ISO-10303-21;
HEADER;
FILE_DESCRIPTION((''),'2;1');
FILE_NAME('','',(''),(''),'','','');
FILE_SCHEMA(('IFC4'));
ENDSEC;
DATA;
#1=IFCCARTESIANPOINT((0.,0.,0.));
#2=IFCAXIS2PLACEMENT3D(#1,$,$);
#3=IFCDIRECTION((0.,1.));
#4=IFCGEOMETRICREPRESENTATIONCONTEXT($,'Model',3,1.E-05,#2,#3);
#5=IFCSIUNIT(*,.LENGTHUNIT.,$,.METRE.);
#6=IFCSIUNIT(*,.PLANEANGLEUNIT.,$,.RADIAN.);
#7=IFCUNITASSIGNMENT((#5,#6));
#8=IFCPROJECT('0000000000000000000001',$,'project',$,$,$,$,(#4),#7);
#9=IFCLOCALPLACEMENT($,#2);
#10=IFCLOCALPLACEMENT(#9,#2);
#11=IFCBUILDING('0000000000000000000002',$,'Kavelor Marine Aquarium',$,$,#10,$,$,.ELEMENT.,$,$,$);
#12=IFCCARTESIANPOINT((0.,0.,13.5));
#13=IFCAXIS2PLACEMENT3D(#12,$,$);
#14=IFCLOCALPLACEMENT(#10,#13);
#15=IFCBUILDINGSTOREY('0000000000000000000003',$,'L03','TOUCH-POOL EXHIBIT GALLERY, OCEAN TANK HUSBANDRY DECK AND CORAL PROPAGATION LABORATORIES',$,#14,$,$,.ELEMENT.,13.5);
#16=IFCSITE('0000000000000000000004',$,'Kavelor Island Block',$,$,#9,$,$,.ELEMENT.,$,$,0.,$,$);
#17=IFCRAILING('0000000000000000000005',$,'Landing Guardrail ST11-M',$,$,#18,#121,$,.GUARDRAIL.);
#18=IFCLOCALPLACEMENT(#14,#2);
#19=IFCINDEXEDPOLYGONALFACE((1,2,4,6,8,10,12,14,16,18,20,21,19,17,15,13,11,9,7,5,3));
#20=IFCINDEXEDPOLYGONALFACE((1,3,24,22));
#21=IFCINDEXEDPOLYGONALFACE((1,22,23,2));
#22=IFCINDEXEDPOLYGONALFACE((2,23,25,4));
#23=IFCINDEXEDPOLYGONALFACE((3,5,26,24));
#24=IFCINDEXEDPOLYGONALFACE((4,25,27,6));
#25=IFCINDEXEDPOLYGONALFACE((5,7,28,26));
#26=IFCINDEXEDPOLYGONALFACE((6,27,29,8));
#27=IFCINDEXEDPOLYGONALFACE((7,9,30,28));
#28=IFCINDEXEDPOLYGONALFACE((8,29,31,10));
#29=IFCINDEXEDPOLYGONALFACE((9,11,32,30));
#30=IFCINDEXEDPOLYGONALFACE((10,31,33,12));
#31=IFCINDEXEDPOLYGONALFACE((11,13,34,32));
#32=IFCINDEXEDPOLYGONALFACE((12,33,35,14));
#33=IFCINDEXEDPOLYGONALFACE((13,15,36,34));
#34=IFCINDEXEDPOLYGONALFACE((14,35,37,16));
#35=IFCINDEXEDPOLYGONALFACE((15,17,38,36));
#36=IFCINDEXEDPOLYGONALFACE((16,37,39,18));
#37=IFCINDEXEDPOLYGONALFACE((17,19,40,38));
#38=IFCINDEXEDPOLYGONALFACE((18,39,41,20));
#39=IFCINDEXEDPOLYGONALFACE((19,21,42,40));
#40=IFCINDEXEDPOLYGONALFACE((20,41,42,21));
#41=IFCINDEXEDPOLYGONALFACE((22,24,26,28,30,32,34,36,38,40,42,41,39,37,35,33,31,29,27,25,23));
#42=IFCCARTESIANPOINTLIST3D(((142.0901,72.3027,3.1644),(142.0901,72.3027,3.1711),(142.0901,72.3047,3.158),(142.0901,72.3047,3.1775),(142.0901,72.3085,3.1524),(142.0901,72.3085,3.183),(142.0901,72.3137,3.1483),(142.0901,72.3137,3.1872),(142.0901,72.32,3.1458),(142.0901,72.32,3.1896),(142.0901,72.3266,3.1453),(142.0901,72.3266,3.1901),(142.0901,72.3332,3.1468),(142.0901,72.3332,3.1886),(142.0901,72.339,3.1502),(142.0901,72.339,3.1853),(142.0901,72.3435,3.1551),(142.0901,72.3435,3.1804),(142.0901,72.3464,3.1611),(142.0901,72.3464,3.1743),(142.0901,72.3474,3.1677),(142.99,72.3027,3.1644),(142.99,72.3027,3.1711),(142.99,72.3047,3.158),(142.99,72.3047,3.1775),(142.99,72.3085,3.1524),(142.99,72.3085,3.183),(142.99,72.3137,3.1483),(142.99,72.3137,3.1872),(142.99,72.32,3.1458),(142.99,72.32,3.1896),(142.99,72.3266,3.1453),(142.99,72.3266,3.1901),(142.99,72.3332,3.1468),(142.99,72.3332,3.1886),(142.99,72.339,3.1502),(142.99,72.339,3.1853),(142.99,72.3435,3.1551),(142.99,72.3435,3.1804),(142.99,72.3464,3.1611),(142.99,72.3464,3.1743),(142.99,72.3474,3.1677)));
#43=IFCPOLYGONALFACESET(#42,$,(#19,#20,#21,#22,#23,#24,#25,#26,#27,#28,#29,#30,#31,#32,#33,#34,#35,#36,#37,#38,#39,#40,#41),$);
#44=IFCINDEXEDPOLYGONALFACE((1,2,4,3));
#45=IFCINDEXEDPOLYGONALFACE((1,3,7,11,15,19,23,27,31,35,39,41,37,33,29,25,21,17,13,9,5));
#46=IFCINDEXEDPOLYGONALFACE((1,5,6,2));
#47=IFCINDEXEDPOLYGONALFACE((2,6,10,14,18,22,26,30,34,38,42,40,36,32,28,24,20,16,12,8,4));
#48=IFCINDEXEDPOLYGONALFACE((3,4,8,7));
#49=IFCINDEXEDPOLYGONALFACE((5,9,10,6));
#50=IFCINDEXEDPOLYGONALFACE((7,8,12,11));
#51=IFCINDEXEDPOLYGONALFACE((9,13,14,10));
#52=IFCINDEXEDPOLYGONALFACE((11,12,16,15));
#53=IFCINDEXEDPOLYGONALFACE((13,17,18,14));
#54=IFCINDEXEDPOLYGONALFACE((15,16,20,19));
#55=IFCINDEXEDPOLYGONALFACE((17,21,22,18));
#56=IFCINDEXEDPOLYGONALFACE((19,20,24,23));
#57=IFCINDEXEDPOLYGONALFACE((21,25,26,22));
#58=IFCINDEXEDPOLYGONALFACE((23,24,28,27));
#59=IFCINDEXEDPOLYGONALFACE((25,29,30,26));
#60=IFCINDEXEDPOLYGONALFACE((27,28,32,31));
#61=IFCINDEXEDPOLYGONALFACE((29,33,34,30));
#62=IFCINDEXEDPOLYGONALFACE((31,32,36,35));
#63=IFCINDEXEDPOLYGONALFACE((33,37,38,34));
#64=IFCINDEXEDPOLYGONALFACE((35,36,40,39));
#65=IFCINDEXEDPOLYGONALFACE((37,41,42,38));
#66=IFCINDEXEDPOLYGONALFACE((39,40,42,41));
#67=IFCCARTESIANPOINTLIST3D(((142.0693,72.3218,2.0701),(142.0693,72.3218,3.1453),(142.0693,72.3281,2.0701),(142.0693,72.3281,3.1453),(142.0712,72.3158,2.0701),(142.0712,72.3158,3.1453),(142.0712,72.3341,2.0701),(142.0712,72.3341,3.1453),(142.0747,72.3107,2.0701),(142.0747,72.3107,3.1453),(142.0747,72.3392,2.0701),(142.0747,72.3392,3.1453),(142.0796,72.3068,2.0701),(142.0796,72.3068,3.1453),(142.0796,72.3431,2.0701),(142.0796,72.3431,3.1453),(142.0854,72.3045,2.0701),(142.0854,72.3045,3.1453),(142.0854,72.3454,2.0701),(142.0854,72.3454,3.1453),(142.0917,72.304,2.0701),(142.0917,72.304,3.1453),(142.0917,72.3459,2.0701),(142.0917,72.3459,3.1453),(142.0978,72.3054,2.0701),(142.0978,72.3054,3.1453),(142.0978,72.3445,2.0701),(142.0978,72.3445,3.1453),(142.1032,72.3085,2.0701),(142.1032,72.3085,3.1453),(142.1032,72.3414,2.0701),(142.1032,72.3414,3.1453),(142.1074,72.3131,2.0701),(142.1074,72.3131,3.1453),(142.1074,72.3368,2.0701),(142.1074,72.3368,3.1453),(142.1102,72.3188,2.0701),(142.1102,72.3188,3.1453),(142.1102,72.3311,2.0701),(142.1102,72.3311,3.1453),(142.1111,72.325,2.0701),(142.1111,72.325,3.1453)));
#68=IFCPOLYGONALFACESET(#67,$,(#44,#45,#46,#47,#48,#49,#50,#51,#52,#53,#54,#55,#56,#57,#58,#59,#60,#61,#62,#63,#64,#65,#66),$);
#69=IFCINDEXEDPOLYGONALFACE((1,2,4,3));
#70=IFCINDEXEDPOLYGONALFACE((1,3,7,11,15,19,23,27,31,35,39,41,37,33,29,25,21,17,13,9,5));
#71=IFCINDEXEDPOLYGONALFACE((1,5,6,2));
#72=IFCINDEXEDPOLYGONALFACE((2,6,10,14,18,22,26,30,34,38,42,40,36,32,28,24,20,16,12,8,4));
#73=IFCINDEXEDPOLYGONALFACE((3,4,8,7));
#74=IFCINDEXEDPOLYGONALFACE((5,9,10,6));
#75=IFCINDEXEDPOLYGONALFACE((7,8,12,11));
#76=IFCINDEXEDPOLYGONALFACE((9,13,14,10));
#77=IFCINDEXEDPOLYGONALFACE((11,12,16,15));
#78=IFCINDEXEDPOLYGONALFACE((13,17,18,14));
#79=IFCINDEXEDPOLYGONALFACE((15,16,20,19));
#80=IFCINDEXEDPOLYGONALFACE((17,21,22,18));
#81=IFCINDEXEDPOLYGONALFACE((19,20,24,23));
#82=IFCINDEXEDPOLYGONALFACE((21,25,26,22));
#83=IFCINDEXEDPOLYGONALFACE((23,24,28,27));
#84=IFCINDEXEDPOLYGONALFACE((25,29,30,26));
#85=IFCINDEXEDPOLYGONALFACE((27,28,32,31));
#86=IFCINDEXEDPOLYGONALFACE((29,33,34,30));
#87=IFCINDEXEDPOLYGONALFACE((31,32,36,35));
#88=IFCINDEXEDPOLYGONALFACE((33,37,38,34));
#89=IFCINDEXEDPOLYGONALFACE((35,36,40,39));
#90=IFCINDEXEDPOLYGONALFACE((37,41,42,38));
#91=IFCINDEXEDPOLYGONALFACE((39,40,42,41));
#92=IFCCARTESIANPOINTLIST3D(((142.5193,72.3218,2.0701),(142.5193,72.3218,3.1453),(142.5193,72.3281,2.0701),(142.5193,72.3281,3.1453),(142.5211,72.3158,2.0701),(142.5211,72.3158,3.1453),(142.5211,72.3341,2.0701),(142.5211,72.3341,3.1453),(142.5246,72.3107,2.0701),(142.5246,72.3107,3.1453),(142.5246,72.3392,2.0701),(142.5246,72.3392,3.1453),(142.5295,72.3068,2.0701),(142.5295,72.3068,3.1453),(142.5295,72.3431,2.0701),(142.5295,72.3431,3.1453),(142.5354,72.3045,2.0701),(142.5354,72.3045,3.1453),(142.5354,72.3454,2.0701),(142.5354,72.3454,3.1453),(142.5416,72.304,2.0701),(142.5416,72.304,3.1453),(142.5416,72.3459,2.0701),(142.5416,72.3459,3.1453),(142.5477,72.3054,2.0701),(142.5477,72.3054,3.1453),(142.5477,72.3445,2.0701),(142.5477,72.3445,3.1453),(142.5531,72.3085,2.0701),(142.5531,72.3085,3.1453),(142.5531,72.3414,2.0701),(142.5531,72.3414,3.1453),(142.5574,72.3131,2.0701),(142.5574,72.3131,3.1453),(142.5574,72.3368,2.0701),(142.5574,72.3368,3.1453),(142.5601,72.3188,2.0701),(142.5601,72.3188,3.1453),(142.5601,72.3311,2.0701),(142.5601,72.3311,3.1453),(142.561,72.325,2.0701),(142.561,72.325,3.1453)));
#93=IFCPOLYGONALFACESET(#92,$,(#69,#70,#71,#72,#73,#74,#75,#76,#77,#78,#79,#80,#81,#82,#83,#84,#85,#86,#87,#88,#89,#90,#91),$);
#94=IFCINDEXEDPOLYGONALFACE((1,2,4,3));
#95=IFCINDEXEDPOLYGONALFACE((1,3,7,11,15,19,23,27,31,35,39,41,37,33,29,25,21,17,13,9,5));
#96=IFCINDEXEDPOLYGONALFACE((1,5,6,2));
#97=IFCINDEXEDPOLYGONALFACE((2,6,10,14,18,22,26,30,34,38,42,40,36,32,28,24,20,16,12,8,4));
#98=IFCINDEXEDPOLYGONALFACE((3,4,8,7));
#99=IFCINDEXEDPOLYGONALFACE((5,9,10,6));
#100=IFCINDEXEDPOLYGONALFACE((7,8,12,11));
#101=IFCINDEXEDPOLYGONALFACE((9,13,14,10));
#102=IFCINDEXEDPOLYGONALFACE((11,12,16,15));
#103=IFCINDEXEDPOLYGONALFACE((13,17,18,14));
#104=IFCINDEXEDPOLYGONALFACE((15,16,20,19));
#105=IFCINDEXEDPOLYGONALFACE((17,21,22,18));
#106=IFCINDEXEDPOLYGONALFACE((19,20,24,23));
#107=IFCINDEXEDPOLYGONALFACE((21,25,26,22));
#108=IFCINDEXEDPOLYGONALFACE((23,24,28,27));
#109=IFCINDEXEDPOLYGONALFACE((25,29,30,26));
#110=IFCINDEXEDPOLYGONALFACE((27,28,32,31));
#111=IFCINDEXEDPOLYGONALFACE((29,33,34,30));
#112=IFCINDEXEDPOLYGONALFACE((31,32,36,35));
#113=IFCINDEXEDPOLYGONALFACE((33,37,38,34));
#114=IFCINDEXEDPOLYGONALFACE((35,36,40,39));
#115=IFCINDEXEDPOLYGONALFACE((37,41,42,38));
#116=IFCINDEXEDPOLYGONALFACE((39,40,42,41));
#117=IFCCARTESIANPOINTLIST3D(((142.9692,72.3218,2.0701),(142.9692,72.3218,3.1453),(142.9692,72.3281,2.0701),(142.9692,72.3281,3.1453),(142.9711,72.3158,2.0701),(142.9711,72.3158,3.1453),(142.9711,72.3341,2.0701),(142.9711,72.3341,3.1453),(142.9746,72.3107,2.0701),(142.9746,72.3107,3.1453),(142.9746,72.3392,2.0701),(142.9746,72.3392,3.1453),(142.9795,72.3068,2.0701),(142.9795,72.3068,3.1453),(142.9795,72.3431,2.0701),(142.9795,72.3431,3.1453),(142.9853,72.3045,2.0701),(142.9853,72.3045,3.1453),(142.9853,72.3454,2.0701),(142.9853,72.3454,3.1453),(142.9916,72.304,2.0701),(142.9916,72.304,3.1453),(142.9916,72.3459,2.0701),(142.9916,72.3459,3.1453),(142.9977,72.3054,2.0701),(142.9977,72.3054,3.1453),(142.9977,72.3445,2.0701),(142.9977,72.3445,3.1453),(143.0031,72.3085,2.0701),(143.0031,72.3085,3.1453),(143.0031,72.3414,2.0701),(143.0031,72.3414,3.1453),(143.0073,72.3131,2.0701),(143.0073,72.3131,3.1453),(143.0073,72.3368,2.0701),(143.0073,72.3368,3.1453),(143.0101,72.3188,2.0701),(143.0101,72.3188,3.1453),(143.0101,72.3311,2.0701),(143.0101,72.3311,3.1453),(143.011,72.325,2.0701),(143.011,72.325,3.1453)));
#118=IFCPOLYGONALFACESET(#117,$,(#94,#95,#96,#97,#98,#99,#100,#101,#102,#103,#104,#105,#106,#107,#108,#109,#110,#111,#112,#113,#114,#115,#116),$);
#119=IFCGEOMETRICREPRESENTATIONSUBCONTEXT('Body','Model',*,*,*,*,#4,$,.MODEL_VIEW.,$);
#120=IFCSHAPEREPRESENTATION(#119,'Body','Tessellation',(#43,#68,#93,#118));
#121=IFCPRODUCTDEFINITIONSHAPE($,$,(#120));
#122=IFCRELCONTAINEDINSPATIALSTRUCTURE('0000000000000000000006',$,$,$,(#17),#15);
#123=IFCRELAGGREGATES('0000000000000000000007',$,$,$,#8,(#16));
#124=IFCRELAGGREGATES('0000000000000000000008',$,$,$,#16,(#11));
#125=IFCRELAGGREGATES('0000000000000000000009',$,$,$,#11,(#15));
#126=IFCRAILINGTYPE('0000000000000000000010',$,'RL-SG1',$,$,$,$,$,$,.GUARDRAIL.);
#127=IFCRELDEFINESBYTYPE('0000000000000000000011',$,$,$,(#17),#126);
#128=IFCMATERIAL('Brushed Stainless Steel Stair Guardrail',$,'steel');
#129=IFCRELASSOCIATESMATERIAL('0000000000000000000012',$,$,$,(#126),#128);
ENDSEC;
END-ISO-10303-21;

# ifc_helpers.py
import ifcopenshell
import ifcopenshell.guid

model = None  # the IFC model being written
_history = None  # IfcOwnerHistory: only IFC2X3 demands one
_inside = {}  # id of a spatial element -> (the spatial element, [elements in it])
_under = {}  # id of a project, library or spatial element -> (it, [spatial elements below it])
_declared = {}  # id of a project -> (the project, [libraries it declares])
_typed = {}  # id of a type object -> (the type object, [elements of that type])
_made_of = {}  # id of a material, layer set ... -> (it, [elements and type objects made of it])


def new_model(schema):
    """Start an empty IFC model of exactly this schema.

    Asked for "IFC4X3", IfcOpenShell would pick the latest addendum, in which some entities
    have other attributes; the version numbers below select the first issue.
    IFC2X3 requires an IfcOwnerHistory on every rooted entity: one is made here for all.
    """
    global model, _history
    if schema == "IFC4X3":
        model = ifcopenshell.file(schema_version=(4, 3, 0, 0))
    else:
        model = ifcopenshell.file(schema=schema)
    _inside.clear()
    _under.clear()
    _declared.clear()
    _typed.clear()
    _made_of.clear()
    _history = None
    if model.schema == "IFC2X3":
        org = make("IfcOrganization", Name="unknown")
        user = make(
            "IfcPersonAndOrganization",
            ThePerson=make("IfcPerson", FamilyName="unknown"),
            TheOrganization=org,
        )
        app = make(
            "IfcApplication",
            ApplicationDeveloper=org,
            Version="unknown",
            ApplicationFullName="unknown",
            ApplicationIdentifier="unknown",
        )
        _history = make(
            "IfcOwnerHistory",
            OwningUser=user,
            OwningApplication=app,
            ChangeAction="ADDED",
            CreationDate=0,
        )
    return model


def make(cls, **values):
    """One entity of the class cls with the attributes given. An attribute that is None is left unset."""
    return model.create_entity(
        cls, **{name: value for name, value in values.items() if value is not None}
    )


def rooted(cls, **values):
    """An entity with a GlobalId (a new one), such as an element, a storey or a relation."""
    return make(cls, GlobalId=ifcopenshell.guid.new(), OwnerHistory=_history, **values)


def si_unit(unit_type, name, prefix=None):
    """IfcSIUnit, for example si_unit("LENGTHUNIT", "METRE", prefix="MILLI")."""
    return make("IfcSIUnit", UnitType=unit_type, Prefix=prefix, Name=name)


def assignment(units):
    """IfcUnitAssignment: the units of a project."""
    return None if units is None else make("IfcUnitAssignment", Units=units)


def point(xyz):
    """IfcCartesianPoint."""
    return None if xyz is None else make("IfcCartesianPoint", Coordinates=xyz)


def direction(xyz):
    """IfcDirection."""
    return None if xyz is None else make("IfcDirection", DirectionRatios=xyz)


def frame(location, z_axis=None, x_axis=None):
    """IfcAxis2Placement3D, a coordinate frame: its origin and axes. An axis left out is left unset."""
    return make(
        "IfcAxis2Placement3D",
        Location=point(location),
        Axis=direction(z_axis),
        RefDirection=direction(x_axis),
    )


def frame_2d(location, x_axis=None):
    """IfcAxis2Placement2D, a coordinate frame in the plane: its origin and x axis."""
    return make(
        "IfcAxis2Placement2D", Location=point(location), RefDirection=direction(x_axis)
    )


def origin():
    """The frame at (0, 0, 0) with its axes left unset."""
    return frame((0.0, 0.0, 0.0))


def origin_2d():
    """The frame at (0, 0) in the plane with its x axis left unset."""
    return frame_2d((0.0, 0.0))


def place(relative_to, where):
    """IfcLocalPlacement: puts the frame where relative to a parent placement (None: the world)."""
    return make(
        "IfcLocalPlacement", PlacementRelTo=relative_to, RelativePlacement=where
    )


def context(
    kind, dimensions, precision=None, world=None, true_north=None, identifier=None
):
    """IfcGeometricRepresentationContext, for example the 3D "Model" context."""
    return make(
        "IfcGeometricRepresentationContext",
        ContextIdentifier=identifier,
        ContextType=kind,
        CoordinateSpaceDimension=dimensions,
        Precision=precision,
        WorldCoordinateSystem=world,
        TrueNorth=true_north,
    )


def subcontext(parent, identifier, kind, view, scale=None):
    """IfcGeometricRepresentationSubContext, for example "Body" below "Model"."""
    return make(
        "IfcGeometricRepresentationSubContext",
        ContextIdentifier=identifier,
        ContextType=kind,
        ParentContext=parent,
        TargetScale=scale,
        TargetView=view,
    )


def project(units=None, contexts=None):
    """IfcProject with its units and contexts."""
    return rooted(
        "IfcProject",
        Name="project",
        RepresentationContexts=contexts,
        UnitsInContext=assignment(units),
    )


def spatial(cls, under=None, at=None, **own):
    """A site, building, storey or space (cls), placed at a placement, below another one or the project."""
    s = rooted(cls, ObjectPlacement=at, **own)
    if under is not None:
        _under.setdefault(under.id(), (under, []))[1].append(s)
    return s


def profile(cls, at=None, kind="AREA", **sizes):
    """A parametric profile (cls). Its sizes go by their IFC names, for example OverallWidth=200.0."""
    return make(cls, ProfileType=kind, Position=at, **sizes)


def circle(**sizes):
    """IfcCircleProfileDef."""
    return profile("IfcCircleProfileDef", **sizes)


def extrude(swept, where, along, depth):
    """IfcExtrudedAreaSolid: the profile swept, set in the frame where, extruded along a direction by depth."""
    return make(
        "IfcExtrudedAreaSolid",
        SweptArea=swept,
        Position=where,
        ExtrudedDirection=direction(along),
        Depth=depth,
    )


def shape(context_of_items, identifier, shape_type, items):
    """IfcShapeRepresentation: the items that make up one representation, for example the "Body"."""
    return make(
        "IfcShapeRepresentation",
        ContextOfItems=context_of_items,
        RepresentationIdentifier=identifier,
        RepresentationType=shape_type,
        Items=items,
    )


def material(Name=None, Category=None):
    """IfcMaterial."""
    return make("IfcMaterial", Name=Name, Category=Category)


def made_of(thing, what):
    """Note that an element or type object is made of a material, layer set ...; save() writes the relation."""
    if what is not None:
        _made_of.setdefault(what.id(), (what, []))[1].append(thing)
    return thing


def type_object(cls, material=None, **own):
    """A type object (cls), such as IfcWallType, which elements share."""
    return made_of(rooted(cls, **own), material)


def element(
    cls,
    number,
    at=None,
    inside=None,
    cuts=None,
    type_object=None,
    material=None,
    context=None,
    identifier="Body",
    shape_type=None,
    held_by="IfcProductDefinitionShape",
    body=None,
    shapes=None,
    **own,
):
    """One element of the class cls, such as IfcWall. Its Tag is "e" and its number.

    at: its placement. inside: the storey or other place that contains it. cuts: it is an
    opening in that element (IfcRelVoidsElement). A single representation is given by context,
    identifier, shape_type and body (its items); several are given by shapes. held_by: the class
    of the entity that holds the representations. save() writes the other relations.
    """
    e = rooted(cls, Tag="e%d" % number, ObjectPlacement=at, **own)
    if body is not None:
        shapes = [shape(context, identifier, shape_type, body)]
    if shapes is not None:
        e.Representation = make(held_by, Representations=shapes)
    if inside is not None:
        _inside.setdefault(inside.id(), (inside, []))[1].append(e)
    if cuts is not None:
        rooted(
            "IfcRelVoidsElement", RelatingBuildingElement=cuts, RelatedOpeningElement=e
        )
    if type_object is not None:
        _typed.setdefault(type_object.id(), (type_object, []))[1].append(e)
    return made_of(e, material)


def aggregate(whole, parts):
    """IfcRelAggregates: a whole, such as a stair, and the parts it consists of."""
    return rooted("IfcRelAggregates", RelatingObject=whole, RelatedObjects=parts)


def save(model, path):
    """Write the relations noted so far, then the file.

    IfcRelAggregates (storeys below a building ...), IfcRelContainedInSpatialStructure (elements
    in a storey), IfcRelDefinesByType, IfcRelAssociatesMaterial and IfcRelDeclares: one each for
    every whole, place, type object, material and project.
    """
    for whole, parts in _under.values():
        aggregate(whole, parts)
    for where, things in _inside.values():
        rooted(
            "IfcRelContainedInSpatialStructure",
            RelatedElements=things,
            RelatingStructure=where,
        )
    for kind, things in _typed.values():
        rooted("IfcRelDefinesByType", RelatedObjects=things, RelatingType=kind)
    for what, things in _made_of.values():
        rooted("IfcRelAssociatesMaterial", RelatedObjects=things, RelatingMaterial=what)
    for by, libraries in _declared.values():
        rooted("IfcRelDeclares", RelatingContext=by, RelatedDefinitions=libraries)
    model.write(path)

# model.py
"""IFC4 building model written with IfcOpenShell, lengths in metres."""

from ifc_helpers import new_model, si_unit, direction, frame, origin, origin_2d, place, context, subcontext, project, spatial, circle, extrude, material, type_object, element, save


model = new_model("IFC4")

# Units and contexts
model_context = context("Model", 3, precision=1e-05, world=origin(), true_north=direction((0.0, 1.0)))
body_context = subcontext(model_context, "Body", "Model", "MODEL_VIEW")
ifc_project = project(units=[si_unit("LENGTHUNIT", "METRE"), si_unit("PLANEANGLEUNIT", "RADIAN")], contexts=[model_context])

# Site, building, storey
site_placement = place(None, origin())
site = spatial("IfcSite", under=ifc_project, at=site_placement, Name="Kavelor Island Block", CompositionType="ELEMENT", RefElevation=0.0)
building_placement = place(site_placement, origin())
building = spatial("IfcBuilding", under=site, at=building_placement, Name="Kavelor Marine Aquarium", CompositionType="ELEMENT")
storey_placement = place(building_placement, frame((0.0, 0.0, 13.5)))
storey = spatial("IfcBuildingStorey", under=building, at=storey_placement, Name="L03", Description="TOUCH-POOL EXHIBIT GALLERY, OCEAN TANK HUSBANDRY DECK AND CORAL PROPAGATION LABORATORIES", CompositionType="ELEMENT", Elevation=13.5)

# Railing
ifc_material_1 = material(Name="Brushed Stainless Steel Stair Guardrail", Category="steel")
railing_type_1 = type_object("IfcRailingType", Name="RL-SG1", PredefinedType="GUARDRAIL", material=ifc_material_1)
railing_1_placement = place(storey_placement, frame((142.0901, 72.325, 2.0701)))
element("IfcRailing", 1, at=railing_1_placement, inside=storey, type_object=railing_type_1, Name="Landing Guardrail ST11-M", PredefinedType="GUARDRAIL", context=body_context, shape_type="SweptSolid", body=[
    extrude(circle(Radius=0.0225, at=origin_2d()), frame((0.0, 0.0, 1.0977), z_axis=(1.0, 0.0, 0.0), x_axis=(0.0, 1.0, 0.0)), (0.0, 0.0, 1.0), 0.8999),
    extrude(circle(Radius=0.021, at=origin_2d()), origin(), (0.0, 0.0, 1.0), 1.0752),
    extrude(circle(Radius=0.021, at=origin_2d()), frame((0.45, 0.0, 0.0)), (0.0, 0.0, 1.0), 1.0752),
    extrude(circle(Radius=0.021, at=origin_2d()), frame((0.8999, 0.0, 0.0)), (0.0, 0.0, 1.0), 1.0752),
])

save(model, "model.ifc")
